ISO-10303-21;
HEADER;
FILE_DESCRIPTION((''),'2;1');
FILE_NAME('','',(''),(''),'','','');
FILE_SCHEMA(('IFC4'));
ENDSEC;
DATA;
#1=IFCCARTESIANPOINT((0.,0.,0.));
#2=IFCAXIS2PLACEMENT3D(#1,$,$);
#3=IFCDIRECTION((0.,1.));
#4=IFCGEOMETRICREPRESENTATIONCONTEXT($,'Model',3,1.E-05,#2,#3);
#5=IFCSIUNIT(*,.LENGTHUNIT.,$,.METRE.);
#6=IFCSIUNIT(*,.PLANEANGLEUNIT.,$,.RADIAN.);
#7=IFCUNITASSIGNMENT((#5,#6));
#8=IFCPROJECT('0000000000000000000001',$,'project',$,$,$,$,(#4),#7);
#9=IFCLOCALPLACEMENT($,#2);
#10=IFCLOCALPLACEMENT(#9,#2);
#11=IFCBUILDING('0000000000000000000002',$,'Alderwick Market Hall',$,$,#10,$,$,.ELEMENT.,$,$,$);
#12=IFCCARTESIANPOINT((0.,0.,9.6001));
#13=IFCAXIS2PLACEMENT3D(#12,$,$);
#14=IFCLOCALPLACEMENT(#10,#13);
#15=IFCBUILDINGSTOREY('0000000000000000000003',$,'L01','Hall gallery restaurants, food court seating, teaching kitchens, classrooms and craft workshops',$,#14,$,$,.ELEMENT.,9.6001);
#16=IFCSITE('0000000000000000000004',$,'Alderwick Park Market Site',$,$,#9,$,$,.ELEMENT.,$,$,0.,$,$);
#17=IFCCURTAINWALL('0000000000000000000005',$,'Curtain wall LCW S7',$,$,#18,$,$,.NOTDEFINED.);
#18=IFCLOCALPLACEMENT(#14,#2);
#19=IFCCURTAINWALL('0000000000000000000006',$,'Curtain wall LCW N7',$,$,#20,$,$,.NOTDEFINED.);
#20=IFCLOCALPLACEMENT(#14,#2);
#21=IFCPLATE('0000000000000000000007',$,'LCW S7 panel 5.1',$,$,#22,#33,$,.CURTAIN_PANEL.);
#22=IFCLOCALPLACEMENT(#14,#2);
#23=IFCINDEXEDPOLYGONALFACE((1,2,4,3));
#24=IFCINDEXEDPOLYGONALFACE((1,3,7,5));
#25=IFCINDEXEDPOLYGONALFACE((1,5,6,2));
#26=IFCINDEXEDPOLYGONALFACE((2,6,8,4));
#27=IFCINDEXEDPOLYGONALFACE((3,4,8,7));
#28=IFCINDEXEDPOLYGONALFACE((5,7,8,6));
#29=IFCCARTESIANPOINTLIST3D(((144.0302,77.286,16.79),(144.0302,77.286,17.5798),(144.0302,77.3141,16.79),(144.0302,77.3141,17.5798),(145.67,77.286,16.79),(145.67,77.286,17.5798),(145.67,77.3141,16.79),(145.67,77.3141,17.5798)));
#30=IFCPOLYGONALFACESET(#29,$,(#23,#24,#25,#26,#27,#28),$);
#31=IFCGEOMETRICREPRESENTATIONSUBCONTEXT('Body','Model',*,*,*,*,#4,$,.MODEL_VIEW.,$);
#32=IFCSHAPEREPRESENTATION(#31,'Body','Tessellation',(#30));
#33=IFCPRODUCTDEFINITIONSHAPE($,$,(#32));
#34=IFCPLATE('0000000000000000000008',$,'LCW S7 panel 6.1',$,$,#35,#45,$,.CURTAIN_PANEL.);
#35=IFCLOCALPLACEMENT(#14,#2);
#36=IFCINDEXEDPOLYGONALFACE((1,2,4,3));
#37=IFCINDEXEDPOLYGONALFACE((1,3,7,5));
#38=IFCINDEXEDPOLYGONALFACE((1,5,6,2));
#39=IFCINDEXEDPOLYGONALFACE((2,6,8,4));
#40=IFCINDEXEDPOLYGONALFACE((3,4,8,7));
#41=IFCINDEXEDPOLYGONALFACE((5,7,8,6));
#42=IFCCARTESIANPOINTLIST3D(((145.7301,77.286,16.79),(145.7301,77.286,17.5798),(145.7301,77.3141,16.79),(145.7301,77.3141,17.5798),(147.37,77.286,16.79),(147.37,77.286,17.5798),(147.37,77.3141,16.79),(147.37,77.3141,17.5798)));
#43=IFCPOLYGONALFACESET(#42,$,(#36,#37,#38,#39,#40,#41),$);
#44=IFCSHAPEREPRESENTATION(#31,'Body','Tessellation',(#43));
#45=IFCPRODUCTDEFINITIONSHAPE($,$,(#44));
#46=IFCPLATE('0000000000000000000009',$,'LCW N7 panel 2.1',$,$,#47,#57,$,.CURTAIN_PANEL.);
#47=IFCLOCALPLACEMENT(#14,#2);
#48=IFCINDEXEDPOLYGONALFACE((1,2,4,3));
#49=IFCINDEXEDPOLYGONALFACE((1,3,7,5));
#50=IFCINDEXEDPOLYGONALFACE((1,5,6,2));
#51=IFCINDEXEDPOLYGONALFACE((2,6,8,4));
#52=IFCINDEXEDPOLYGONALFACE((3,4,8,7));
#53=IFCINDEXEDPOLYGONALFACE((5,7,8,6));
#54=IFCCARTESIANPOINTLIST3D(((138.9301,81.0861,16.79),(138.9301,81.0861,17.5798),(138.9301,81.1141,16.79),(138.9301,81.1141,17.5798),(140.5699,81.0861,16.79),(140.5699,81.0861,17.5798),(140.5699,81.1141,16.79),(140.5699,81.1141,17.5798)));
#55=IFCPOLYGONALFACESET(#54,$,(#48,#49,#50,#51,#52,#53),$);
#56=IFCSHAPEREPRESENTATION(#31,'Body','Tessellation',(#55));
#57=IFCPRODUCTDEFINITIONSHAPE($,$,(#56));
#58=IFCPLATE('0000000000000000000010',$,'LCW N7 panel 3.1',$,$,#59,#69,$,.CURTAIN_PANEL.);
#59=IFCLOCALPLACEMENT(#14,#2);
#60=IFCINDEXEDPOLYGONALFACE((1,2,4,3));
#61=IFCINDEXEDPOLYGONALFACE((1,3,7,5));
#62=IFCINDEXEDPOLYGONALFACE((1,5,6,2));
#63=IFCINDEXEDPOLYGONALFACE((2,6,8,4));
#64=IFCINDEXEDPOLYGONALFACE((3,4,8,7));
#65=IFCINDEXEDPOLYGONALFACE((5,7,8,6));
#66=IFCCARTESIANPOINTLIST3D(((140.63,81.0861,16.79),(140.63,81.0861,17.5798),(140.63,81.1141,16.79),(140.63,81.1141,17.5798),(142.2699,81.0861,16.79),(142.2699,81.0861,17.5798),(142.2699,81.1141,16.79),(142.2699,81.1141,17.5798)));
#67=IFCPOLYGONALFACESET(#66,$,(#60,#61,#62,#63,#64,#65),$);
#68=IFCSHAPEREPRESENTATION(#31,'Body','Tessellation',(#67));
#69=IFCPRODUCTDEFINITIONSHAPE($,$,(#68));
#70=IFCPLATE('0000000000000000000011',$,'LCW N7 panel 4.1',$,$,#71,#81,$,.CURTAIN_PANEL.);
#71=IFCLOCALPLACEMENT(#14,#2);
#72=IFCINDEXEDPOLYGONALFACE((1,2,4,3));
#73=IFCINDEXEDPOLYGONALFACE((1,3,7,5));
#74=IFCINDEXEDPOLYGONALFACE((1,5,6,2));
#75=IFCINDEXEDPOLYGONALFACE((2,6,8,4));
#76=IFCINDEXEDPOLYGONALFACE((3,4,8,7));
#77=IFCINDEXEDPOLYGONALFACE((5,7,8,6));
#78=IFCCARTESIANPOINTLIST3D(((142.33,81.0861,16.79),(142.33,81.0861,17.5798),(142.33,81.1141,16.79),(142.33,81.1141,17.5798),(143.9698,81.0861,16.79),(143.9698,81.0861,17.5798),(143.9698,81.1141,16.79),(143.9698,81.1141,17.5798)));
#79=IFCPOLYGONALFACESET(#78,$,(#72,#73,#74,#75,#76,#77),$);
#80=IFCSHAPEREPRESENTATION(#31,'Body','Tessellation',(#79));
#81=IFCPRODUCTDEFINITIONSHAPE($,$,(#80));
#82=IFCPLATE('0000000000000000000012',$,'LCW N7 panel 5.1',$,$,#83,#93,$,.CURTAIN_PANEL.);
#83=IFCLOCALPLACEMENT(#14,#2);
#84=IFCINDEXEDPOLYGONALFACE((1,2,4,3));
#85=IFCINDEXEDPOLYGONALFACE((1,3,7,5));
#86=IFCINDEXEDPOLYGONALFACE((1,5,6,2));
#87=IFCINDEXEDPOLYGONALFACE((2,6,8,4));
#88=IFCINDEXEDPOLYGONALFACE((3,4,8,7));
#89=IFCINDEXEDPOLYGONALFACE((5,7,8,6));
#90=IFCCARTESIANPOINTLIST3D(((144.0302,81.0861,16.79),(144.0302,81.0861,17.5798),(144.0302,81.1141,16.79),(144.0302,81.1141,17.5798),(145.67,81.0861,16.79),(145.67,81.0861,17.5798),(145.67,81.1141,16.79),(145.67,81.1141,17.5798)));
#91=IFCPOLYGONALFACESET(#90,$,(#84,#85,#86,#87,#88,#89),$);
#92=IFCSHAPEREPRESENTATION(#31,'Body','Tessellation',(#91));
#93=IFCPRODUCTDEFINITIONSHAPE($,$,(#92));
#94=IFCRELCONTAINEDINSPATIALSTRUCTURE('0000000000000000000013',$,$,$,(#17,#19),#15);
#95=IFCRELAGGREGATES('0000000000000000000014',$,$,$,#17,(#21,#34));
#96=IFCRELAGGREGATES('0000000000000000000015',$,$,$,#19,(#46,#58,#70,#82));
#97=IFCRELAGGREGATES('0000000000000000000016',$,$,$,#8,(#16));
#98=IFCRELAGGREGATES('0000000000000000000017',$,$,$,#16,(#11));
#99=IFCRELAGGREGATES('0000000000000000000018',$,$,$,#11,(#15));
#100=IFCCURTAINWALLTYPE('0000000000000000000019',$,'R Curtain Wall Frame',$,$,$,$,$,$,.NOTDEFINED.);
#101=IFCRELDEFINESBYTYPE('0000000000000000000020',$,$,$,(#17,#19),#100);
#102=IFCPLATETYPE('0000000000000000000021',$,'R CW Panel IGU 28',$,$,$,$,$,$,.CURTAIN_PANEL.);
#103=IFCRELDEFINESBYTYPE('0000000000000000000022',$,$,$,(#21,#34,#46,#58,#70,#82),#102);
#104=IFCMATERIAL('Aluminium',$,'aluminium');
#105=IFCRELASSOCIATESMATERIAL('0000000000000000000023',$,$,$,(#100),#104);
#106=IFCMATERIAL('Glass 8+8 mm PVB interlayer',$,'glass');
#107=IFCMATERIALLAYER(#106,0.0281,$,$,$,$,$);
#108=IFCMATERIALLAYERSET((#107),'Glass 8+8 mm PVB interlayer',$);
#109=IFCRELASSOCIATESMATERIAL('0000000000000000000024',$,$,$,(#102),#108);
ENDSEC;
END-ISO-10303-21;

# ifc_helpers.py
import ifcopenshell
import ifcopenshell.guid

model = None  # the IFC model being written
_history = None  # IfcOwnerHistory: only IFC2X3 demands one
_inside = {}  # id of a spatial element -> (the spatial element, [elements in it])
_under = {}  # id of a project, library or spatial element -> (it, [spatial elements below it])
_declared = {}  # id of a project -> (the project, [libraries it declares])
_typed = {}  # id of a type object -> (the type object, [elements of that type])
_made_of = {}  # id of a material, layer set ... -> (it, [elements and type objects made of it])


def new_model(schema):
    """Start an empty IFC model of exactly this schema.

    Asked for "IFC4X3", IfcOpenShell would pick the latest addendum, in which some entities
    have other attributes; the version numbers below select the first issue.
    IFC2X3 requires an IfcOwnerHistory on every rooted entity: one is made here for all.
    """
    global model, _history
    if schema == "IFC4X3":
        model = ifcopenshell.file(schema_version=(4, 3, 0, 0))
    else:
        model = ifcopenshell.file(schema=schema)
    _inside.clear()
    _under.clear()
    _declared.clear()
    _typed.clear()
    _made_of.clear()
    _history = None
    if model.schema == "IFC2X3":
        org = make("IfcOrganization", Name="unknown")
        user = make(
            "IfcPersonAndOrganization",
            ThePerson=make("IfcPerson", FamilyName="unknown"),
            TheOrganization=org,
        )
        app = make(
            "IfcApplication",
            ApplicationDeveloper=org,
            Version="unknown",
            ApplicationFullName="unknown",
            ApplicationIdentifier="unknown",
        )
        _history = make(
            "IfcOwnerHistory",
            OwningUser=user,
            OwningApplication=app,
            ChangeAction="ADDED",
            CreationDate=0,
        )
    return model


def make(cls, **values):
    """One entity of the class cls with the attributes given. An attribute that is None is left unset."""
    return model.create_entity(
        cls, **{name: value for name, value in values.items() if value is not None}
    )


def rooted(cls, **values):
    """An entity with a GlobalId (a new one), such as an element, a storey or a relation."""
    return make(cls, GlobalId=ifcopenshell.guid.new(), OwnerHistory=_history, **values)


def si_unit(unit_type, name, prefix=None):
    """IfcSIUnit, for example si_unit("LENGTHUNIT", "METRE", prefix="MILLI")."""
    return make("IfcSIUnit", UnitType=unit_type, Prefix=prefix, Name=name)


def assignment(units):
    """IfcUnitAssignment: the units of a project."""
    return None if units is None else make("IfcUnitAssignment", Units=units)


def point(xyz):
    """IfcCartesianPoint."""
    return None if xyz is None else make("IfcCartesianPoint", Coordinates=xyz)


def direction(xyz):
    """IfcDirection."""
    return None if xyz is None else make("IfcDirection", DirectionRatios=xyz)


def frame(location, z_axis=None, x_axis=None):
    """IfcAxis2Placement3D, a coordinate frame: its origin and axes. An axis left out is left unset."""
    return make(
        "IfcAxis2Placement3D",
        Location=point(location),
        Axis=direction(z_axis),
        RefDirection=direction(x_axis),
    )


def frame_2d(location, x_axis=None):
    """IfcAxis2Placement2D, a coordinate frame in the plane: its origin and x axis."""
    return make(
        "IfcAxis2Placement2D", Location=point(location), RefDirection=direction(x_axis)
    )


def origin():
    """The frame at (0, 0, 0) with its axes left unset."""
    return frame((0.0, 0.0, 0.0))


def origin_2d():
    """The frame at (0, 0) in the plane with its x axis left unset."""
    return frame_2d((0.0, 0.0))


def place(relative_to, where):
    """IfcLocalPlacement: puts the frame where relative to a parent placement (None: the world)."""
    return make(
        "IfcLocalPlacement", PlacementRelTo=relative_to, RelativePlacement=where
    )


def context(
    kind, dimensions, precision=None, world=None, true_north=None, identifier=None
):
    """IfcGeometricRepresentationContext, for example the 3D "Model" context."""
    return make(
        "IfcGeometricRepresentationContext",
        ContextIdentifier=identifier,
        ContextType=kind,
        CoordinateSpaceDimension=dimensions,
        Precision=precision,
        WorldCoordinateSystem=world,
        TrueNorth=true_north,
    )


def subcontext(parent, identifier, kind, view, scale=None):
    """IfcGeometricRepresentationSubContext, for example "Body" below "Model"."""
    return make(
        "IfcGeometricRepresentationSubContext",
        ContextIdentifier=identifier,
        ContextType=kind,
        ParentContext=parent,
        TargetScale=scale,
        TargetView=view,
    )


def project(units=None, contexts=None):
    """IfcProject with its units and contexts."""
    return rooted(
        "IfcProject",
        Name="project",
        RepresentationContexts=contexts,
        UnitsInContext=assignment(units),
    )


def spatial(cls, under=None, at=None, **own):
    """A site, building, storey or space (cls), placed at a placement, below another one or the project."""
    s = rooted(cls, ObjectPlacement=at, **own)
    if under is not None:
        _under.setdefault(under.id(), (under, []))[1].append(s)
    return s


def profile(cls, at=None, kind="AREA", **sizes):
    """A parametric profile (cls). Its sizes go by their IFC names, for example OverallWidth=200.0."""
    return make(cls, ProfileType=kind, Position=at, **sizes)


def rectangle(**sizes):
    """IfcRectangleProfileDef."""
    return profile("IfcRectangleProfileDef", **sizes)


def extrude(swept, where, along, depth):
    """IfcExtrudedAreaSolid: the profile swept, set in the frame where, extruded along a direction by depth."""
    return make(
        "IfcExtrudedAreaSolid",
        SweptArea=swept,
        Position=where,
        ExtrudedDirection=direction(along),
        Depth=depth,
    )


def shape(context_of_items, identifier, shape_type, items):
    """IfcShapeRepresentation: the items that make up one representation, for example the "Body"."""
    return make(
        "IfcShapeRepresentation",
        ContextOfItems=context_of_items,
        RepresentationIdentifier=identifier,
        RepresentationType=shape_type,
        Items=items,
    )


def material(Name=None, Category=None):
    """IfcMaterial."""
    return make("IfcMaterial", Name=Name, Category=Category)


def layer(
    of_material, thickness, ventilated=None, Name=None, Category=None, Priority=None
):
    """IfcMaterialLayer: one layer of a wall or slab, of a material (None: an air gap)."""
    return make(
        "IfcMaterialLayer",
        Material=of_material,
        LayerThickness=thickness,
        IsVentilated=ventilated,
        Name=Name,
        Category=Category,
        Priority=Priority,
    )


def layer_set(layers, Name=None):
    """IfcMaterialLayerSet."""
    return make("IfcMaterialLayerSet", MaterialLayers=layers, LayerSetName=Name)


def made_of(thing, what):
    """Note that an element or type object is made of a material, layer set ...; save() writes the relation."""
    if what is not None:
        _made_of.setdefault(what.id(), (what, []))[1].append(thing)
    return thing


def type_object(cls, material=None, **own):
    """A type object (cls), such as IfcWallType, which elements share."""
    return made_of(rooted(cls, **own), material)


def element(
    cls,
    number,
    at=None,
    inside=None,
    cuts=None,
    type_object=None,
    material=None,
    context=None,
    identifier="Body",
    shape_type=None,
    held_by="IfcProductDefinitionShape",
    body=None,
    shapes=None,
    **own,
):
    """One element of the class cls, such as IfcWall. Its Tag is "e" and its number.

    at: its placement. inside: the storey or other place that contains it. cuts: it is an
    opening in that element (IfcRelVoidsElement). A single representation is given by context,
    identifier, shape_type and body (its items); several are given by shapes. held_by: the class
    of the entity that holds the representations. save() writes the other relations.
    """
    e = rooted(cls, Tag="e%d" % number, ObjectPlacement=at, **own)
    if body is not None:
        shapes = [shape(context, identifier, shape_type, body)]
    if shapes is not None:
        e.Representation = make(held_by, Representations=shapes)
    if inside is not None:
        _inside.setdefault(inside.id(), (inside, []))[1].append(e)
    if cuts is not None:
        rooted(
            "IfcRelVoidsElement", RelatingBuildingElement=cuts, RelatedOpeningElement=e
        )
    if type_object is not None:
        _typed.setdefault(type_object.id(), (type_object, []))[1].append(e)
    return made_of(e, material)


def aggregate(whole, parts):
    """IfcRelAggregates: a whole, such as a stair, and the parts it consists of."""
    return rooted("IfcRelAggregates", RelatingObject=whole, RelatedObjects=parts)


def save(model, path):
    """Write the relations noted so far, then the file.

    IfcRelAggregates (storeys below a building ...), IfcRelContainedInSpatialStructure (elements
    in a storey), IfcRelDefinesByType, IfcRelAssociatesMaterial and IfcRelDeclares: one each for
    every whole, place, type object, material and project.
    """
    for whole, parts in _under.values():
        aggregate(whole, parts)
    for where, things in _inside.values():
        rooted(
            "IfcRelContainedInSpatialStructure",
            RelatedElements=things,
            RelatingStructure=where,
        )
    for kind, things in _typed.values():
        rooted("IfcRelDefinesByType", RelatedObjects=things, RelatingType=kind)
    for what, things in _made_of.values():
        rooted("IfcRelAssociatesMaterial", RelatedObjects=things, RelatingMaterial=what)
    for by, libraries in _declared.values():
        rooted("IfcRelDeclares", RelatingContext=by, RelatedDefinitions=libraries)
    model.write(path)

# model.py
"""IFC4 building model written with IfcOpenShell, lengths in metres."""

from ifc_helpers import new_model, si_unit, direction, frame, origin, origin_2d, place, context, subcontext, project, spatial, rectangle, extrude, material, layer, layer_set, type_object, element, aggregate, save


model = new_model("IFC4")

# Units and contexts
model_context = context("Model", 3, precision=1e-05, world=origin(), true_north=direction((0.0, 1.0)))
body_context = subcontext(model_context, "Body", "Model", "MODEL_VIEW")
ifc_project = project(units=[si_unit("LENGTHUNIT", "METRE"), si_unit("PLANEANGLEUNIT", "RADIAN")], contexts=[model_context])

# Site, building, storey
site_placement = place(None, origin())
site = spatial("IfcSite", under=ifc_project, at=site_placement, Name="Alderwick Park Market Site", CompositionType="ELEMENT", RefElevation=0.0)
building_placement = place(site_placement, origin())
building = spatial("IfcBuilding", under=site, at=building_placement, Name="Alderwick Market Hall", CompositionType="ELEMENT")
storey_placement = place(building_placement, frame((0.0, 0.0, 9.6001)))
storey = spatial("IfcBuildingStorey", under=building, at=storey_placement, Name="L01", Description="Hall gallery restaurants, food court seating, teaching kitchens, classrooms and craft workshops", CompositionType="ELEMENT", Elevation=9.6001)

# Curtain walls
ifc_material_1 = material(Name="Aluminium", Category="aluminium")
curtain_wall_type = type_object("IfcCurtainWallType", Name="R Curtain Wall Frame", PredefinedType="NOTDEFINED", material=ifc_material_1)
curtain_wall_1_placement = place(storey_placement, origin())
curtain_wall_1 = element("IfcCurtainWall", 1, at=curtain_wall_1_placement, inside=storey, type_object=curtain_wall_type, Name="Curtain wall LCW S7", PredefinedType="NOTDEFINED")
curtain_wall_2_placement = place(storey_placement, origin())
curtain_wall_2 = element("IfcCurtainWall", 2, at=curtain_wall_2_placement, inside=storey, type_object=curtain_wall_type, Name="Curtain wall LCW N7", PredefinedType="NOTDEFINED")

# Plates
ifc_material_2 = material(Name="Glass 8+8 mm PVB interlayer", Category="glass")
ifc_layer = layer(ifc_material_2, 0.0281)
ifc_layer_set = layer_set([ifc_layer], Name="Glass 8+8 mm PVB interlayer")
plate_type = type_object("IfcPlateType", Name="R CW Panel IGU 28", PredefinedType="CURTAIN_PANEL", material=ifc_layer_set)
plate_1_placement = place(storey_placement, frame((144.8501, 77.3, 16.79), z_axis=(0.0, 0.0, 1.0), x_axis=(1.0, 0.0, 0.0)))
plate_1 = element("IfcPlate", 3, at=plate_1_placement, type_object=plate_type, Name="LCW S7 panel 5.1", PredefinedType="CURTAIN_PANEL", context=body_context, shape_type="SweptSolid", body=[
    extrude(rectangle(XDim=1.6399, YDim=0.0281, at=origin_2d()), origin(), (0.0, 0.0, 1.0), 0.7898),
])
plate_2_placement = place(storey_placement, frame((146.55, 77.3, 16.79), z_axis=(0.0, 0.0, 1.0), x_axis=(1.0, 0.0, 0.0)))
plate_2 = element("IfcPlate", 4, at=plate_2_placement, type_object=plate_type, Name="LCW S7 panel 6.1", PredefinedType="CURTAIN_PANEL", context=body_context, shape_type="SweptSolid", body=[
    extrude(rectangle(XDim=1.6399, YDim=0.0281, at=origin_2d()), origin(), (0.0, 0.0, 1.0), 0.7898),
])
aggregate(curtain_wall_1, [plate_1, plate_2])
plate_3_placement = place(storey_placement, frame((139.75, 81.1001, 16.79), z_axis=(0.0, 0.0, 1.0), x_axis=(1.0, 0.0, 0.0)))
plate_3 = element("IfcPlate", 5, at=plate_3_placement, type_object=plate_type, Name="LCW N7 panel 2.1", PredefinedType="CURTAIN_PANEL", context=body_context, shape_type="SweptSolid", body=[
    extrude(rectangle(XDim=1.6399, YDim=0.0281, at=origin_2d()), origin(), (0.0, 0.0, 1.0), 0.7898),
])
plate_4_placement = place(storey_placement, frame((141.45, 81.1001, 16.79), z_axis=(0.0, 0.0, 1.0), x_axis=(1.0, 0.0, 0.0)))
plate_4 = element("IfcPlate", 6, at=plate_4_placement, type_object=plate_type, Name="LCW N7 panel 3.1", PredefinedType="CURTAIN_PANEL", context=body_context, shape_type="SweptSolid", body=[
    extrude(rectangle(XDim=1.6399, YDim=0.0281, at=origin_2d()), origin(), (0.0, 0.0, 1.0), 0.7898),
])
plate_5_placement = place(storey_placement, frame((143.1499, 81.1001, 16.79), z_axis=(0.0, 0.0, 1.0), x_axis=(1.0, 0.0, 0.0)))
plate_5 = element("IfcPlate", 7, at=plate_5_placement, type_object=plate_type, Name="LCW N7 panel 4.1", PredefinedType="CURTAIN_PANEL", context=body_context, shape_type="SweptSolid", body=[
    extrude(rectangle(XDim=1.6399, YDim=0.0281, at=origin_2d()), origin(), (0.0, 0.0, 1.0), 0.7898),
])
plate_6_placement = place(storey_placement, frame((144.8501, 81.1001, 16.79), z_axis=(0.0, 0.0, 1.0), x_axis=(1.0, 0.0, 0.0)))
plate_6 = element("IfcPlate", 8, at=plate_6_placement, type_object=plate_type, Name="LCW N7 panel 5.1", PredefinedType="CURTAIN_PANEL", context=body_context, shape_type="SweptSolid", body=[
    extrude(rectangle(XDim=1.6399, YDim=0.0281, at=origin_2d()), origin(), (0.0, 0.0, 1.0), 0.7898),
])
aggregate(curtain_wall_2, [plate_3, plate_4, plate_5, plate_6])

save(model, "model.ifc")
